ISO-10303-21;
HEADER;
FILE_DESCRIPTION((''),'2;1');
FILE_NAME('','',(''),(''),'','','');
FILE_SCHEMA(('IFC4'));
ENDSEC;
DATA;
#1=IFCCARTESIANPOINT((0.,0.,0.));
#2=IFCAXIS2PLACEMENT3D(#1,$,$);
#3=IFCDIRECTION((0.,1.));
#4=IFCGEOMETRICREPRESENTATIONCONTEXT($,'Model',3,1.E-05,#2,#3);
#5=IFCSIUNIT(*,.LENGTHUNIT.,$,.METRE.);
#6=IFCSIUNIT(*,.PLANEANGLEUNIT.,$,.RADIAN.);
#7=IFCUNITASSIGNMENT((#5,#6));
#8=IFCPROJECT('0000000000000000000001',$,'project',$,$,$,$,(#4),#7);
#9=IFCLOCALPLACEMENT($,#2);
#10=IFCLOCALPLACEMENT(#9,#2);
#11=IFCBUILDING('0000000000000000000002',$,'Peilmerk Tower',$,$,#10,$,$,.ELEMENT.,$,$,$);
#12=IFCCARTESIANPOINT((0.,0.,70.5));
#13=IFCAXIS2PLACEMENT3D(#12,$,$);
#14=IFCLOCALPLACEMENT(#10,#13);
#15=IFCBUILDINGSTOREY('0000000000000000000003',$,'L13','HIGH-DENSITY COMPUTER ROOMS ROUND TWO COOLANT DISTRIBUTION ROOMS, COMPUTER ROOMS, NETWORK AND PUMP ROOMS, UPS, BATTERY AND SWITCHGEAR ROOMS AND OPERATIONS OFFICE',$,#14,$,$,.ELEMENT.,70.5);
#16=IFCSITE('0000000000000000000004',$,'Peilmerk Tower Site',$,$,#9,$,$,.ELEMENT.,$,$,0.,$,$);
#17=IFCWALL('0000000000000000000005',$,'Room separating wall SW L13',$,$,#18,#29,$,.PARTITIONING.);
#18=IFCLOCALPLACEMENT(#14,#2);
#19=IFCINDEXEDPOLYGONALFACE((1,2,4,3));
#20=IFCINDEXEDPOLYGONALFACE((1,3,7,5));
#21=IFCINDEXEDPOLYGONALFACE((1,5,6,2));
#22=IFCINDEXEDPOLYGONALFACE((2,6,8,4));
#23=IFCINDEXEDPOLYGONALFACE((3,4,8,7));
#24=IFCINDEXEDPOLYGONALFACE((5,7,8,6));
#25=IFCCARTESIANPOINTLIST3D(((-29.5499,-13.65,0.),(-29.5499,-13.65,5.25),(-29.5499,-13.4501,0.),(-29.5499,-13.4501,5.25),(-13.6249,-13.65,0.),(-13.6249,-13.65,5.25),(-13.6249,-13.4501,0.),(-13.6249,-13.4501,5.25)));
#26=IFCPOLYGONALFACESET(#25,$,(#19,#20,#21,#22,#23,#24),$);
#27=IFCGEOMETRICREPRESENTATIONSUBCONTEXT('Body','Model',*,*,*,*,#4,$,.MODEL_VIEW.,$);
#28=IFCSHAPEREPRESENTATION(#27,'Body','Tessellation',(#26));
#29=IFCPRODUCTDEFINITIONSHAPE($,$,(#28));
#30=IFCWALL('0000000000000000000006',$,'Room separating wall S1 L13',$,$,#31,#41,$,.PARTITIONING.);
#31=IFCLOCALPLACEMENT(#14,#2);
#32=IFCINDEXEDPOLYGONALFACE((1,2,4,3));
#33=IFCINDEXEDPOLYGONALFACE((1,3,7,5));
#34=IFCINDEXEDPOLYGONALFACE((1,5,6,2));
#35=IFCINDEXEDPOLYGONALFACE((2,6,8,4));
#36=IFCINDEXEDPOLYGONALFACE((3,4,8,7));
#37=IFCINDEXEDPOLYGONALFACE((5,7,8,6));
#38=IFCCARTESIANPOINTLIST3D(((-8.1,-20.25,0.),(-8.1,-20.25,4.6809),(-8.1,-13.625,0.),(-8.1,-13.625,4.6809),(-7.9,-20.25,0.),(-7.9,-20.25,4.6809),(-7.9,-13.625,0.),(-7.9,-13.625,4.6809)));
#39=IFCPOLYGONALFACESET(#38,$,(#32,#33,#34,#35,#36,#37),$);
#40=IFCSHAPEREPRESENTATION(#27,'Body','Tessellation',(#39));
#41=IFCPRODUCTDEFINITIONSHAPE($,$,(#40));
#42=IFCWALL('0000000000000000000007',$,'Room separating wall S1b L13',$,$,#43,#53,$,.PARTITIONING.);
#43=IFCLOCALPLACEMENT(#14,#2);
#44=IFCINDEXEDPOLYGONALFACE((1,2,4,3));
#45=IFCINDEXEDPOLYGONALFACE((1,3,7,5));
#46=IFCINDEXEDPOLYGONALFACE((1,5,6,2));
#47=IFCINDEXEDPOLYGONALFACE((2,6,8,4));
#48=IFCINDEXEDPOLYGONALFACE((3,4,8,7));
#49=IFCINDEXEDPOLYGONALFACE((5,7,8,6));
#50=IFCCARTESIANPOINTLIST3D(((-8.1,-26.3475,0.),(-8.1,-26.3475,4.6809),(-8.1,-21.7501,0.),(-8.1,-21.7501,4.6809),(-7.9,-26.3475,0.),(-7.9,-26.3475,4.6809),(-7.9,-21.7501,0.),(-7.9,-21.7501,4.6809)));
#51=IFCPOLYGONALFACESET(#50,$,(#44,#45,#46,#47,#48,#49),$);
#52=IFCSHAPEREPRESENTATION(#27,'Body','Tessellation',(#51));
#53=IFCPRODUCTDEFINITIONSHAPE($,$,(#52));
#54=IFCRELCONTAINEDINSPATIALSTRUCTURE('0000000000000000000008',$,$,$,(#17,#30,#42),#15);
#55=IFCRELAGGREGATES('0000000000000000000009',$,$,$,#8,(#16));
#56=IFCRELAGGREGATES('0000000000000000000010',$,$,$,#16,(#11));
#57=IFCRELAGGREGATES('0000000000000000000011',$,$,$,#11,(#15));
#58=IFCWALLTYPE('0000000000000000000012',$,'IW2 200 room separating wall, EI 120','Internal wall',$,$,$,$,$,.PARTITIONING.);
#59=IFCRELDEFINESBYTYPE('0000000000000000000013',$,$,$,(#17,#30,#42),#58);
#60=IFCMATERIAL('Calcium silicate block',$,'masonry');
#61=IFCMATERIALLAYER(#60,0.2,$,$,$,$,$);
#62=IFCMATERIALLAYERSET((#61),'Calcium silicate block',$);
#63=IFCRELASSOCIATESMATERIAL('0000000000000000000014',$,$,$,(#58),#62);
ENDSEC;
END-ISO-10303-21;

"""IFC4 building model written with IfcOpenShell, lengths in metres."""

from ifc_helpers import new_model, si_unit, direction, frame, frame_2d, origin, place, context, subcontext, project, spatial, rectangle, extrude, material, layer, layer_set, type_object, element, save


model = new_model("IFC4")

# Units and contexts
model_context = context("Model", 3, precision=1e-05, world=origin(), true_north=direction((0.0, 1.0)))
body_context = subcontext(model_context, "Body", "Model", "MODEL_VIEW")
ifc_project = project(units=[si_unit("LENGTHUNIT", "METRE"), si_unit("PLANEANGLEUNIT", "RADIAN")], contexts=[model_context])

# Site, building, storey
site_placement = place(None, origin())
site = spatial("IfcSite", under=ifc_project, at=site_placement, Name="Peilmerk Tower Site", CompositionType="ELEMENT", RefElevation=0.0)
building_placement = place(site_placement, origin())
building = spatial("IfcBuilding", under=site, at=building_placement, Name="Peilmerk Tower", CompositionType="ELEMENT")
storey_placement = place(building_placement, frame((0.0, 0.0, 70.5)))
storey = spatial("IfcBuildingStorey", under=building, at=storey_placement, Name="L13", Description="HIGH-DENSITY COMPUTER ROOMS ROUND TWO COOLANT DISTRIBUTION ROOMS, COMPUTER ROOMS, NETWORK AND PUMP ROOMS, UPS, BATTERY AND SWITCHGEAR ROOMS AND OPERATIONS OFFICE", CompositionType="ELEMENT", Elevation=70.5)

# Walls
ifc_material_1 = material(Name="Calcium silicate block", Category="masonry")
ifc_layer = layer(ifc_material_1, 0.2)
ifc_layer_set = layer_set([ifc_layer], Name="Calcium silicate block")
wall_type = type_object("IfcWallType", Name="IW2 200 room separating wall, EI 120", Description="Internal wall", PredefinedType="PARTITIONING", material=ifc_layer_set)
wall_1_placement = place(storey_placement, frame((-13.625, -13.55, 0.0), z_axis=(0.0, 0.0, 1.0), x_axis=(-1.0, 0.0, 0.0)))
element("IfcWall", 1, at=wall_1_placement, inside=storey, type_object=wall_type, Name="Room separating wall SW L13", PredefinedType="PARTITIONING", context=body_context, shape_type="SweptSolid", body=[
    extrude(rectangle(XDim=15.925, YDim=0.2, at=frame_2d((7.9624, 0.0))), origin(), (0.0, 0.0, 1.0), 5.25),
])
wall_2_placement = place(storey_placement, frame((-8.0, -13.625, 0.0), z_axis=(0.0, 0.0, 1.0), x_axis=(0.0, -1.0, 0.0)))
element("IfcWall", 2, at=wall_2_placement, inside=storey, type_object=wall_type, Name="Room separating wall S1 L13", PredefinedType="PARTITIONING", context=body_context, shape_type="SweptSolid", body=[
    extrude(rectangle(XDim=6.625, YDim=0.2, at=frame_2d((3.3125, 0.0))), origin(), (0.0, 0.0, 1.0), 4.6809),
])
wall_3_placement = place(storey_placement, frame((-8.0, -21.75, 0.0), z_axis=(0.0, 0.0, 1.0), x_axis=(0.0, -1.0, 0.0)))
element("IfcWall", 3, at=wall_3_placement, inside=storey, type_object=wall_type, Name="Room separating wall S1b L13", PredefinedType="PARTITIONING", context=body_context, shape_type="SweptSolid", body=[
    extrude(rectangle(XDim=4.5974, YDim=0.2, at=frame_2d((2.2988, 0.0))), origin(), (0.0, 0.0, 1.0), 4.6809),
])

save(model, "model.ifc")
